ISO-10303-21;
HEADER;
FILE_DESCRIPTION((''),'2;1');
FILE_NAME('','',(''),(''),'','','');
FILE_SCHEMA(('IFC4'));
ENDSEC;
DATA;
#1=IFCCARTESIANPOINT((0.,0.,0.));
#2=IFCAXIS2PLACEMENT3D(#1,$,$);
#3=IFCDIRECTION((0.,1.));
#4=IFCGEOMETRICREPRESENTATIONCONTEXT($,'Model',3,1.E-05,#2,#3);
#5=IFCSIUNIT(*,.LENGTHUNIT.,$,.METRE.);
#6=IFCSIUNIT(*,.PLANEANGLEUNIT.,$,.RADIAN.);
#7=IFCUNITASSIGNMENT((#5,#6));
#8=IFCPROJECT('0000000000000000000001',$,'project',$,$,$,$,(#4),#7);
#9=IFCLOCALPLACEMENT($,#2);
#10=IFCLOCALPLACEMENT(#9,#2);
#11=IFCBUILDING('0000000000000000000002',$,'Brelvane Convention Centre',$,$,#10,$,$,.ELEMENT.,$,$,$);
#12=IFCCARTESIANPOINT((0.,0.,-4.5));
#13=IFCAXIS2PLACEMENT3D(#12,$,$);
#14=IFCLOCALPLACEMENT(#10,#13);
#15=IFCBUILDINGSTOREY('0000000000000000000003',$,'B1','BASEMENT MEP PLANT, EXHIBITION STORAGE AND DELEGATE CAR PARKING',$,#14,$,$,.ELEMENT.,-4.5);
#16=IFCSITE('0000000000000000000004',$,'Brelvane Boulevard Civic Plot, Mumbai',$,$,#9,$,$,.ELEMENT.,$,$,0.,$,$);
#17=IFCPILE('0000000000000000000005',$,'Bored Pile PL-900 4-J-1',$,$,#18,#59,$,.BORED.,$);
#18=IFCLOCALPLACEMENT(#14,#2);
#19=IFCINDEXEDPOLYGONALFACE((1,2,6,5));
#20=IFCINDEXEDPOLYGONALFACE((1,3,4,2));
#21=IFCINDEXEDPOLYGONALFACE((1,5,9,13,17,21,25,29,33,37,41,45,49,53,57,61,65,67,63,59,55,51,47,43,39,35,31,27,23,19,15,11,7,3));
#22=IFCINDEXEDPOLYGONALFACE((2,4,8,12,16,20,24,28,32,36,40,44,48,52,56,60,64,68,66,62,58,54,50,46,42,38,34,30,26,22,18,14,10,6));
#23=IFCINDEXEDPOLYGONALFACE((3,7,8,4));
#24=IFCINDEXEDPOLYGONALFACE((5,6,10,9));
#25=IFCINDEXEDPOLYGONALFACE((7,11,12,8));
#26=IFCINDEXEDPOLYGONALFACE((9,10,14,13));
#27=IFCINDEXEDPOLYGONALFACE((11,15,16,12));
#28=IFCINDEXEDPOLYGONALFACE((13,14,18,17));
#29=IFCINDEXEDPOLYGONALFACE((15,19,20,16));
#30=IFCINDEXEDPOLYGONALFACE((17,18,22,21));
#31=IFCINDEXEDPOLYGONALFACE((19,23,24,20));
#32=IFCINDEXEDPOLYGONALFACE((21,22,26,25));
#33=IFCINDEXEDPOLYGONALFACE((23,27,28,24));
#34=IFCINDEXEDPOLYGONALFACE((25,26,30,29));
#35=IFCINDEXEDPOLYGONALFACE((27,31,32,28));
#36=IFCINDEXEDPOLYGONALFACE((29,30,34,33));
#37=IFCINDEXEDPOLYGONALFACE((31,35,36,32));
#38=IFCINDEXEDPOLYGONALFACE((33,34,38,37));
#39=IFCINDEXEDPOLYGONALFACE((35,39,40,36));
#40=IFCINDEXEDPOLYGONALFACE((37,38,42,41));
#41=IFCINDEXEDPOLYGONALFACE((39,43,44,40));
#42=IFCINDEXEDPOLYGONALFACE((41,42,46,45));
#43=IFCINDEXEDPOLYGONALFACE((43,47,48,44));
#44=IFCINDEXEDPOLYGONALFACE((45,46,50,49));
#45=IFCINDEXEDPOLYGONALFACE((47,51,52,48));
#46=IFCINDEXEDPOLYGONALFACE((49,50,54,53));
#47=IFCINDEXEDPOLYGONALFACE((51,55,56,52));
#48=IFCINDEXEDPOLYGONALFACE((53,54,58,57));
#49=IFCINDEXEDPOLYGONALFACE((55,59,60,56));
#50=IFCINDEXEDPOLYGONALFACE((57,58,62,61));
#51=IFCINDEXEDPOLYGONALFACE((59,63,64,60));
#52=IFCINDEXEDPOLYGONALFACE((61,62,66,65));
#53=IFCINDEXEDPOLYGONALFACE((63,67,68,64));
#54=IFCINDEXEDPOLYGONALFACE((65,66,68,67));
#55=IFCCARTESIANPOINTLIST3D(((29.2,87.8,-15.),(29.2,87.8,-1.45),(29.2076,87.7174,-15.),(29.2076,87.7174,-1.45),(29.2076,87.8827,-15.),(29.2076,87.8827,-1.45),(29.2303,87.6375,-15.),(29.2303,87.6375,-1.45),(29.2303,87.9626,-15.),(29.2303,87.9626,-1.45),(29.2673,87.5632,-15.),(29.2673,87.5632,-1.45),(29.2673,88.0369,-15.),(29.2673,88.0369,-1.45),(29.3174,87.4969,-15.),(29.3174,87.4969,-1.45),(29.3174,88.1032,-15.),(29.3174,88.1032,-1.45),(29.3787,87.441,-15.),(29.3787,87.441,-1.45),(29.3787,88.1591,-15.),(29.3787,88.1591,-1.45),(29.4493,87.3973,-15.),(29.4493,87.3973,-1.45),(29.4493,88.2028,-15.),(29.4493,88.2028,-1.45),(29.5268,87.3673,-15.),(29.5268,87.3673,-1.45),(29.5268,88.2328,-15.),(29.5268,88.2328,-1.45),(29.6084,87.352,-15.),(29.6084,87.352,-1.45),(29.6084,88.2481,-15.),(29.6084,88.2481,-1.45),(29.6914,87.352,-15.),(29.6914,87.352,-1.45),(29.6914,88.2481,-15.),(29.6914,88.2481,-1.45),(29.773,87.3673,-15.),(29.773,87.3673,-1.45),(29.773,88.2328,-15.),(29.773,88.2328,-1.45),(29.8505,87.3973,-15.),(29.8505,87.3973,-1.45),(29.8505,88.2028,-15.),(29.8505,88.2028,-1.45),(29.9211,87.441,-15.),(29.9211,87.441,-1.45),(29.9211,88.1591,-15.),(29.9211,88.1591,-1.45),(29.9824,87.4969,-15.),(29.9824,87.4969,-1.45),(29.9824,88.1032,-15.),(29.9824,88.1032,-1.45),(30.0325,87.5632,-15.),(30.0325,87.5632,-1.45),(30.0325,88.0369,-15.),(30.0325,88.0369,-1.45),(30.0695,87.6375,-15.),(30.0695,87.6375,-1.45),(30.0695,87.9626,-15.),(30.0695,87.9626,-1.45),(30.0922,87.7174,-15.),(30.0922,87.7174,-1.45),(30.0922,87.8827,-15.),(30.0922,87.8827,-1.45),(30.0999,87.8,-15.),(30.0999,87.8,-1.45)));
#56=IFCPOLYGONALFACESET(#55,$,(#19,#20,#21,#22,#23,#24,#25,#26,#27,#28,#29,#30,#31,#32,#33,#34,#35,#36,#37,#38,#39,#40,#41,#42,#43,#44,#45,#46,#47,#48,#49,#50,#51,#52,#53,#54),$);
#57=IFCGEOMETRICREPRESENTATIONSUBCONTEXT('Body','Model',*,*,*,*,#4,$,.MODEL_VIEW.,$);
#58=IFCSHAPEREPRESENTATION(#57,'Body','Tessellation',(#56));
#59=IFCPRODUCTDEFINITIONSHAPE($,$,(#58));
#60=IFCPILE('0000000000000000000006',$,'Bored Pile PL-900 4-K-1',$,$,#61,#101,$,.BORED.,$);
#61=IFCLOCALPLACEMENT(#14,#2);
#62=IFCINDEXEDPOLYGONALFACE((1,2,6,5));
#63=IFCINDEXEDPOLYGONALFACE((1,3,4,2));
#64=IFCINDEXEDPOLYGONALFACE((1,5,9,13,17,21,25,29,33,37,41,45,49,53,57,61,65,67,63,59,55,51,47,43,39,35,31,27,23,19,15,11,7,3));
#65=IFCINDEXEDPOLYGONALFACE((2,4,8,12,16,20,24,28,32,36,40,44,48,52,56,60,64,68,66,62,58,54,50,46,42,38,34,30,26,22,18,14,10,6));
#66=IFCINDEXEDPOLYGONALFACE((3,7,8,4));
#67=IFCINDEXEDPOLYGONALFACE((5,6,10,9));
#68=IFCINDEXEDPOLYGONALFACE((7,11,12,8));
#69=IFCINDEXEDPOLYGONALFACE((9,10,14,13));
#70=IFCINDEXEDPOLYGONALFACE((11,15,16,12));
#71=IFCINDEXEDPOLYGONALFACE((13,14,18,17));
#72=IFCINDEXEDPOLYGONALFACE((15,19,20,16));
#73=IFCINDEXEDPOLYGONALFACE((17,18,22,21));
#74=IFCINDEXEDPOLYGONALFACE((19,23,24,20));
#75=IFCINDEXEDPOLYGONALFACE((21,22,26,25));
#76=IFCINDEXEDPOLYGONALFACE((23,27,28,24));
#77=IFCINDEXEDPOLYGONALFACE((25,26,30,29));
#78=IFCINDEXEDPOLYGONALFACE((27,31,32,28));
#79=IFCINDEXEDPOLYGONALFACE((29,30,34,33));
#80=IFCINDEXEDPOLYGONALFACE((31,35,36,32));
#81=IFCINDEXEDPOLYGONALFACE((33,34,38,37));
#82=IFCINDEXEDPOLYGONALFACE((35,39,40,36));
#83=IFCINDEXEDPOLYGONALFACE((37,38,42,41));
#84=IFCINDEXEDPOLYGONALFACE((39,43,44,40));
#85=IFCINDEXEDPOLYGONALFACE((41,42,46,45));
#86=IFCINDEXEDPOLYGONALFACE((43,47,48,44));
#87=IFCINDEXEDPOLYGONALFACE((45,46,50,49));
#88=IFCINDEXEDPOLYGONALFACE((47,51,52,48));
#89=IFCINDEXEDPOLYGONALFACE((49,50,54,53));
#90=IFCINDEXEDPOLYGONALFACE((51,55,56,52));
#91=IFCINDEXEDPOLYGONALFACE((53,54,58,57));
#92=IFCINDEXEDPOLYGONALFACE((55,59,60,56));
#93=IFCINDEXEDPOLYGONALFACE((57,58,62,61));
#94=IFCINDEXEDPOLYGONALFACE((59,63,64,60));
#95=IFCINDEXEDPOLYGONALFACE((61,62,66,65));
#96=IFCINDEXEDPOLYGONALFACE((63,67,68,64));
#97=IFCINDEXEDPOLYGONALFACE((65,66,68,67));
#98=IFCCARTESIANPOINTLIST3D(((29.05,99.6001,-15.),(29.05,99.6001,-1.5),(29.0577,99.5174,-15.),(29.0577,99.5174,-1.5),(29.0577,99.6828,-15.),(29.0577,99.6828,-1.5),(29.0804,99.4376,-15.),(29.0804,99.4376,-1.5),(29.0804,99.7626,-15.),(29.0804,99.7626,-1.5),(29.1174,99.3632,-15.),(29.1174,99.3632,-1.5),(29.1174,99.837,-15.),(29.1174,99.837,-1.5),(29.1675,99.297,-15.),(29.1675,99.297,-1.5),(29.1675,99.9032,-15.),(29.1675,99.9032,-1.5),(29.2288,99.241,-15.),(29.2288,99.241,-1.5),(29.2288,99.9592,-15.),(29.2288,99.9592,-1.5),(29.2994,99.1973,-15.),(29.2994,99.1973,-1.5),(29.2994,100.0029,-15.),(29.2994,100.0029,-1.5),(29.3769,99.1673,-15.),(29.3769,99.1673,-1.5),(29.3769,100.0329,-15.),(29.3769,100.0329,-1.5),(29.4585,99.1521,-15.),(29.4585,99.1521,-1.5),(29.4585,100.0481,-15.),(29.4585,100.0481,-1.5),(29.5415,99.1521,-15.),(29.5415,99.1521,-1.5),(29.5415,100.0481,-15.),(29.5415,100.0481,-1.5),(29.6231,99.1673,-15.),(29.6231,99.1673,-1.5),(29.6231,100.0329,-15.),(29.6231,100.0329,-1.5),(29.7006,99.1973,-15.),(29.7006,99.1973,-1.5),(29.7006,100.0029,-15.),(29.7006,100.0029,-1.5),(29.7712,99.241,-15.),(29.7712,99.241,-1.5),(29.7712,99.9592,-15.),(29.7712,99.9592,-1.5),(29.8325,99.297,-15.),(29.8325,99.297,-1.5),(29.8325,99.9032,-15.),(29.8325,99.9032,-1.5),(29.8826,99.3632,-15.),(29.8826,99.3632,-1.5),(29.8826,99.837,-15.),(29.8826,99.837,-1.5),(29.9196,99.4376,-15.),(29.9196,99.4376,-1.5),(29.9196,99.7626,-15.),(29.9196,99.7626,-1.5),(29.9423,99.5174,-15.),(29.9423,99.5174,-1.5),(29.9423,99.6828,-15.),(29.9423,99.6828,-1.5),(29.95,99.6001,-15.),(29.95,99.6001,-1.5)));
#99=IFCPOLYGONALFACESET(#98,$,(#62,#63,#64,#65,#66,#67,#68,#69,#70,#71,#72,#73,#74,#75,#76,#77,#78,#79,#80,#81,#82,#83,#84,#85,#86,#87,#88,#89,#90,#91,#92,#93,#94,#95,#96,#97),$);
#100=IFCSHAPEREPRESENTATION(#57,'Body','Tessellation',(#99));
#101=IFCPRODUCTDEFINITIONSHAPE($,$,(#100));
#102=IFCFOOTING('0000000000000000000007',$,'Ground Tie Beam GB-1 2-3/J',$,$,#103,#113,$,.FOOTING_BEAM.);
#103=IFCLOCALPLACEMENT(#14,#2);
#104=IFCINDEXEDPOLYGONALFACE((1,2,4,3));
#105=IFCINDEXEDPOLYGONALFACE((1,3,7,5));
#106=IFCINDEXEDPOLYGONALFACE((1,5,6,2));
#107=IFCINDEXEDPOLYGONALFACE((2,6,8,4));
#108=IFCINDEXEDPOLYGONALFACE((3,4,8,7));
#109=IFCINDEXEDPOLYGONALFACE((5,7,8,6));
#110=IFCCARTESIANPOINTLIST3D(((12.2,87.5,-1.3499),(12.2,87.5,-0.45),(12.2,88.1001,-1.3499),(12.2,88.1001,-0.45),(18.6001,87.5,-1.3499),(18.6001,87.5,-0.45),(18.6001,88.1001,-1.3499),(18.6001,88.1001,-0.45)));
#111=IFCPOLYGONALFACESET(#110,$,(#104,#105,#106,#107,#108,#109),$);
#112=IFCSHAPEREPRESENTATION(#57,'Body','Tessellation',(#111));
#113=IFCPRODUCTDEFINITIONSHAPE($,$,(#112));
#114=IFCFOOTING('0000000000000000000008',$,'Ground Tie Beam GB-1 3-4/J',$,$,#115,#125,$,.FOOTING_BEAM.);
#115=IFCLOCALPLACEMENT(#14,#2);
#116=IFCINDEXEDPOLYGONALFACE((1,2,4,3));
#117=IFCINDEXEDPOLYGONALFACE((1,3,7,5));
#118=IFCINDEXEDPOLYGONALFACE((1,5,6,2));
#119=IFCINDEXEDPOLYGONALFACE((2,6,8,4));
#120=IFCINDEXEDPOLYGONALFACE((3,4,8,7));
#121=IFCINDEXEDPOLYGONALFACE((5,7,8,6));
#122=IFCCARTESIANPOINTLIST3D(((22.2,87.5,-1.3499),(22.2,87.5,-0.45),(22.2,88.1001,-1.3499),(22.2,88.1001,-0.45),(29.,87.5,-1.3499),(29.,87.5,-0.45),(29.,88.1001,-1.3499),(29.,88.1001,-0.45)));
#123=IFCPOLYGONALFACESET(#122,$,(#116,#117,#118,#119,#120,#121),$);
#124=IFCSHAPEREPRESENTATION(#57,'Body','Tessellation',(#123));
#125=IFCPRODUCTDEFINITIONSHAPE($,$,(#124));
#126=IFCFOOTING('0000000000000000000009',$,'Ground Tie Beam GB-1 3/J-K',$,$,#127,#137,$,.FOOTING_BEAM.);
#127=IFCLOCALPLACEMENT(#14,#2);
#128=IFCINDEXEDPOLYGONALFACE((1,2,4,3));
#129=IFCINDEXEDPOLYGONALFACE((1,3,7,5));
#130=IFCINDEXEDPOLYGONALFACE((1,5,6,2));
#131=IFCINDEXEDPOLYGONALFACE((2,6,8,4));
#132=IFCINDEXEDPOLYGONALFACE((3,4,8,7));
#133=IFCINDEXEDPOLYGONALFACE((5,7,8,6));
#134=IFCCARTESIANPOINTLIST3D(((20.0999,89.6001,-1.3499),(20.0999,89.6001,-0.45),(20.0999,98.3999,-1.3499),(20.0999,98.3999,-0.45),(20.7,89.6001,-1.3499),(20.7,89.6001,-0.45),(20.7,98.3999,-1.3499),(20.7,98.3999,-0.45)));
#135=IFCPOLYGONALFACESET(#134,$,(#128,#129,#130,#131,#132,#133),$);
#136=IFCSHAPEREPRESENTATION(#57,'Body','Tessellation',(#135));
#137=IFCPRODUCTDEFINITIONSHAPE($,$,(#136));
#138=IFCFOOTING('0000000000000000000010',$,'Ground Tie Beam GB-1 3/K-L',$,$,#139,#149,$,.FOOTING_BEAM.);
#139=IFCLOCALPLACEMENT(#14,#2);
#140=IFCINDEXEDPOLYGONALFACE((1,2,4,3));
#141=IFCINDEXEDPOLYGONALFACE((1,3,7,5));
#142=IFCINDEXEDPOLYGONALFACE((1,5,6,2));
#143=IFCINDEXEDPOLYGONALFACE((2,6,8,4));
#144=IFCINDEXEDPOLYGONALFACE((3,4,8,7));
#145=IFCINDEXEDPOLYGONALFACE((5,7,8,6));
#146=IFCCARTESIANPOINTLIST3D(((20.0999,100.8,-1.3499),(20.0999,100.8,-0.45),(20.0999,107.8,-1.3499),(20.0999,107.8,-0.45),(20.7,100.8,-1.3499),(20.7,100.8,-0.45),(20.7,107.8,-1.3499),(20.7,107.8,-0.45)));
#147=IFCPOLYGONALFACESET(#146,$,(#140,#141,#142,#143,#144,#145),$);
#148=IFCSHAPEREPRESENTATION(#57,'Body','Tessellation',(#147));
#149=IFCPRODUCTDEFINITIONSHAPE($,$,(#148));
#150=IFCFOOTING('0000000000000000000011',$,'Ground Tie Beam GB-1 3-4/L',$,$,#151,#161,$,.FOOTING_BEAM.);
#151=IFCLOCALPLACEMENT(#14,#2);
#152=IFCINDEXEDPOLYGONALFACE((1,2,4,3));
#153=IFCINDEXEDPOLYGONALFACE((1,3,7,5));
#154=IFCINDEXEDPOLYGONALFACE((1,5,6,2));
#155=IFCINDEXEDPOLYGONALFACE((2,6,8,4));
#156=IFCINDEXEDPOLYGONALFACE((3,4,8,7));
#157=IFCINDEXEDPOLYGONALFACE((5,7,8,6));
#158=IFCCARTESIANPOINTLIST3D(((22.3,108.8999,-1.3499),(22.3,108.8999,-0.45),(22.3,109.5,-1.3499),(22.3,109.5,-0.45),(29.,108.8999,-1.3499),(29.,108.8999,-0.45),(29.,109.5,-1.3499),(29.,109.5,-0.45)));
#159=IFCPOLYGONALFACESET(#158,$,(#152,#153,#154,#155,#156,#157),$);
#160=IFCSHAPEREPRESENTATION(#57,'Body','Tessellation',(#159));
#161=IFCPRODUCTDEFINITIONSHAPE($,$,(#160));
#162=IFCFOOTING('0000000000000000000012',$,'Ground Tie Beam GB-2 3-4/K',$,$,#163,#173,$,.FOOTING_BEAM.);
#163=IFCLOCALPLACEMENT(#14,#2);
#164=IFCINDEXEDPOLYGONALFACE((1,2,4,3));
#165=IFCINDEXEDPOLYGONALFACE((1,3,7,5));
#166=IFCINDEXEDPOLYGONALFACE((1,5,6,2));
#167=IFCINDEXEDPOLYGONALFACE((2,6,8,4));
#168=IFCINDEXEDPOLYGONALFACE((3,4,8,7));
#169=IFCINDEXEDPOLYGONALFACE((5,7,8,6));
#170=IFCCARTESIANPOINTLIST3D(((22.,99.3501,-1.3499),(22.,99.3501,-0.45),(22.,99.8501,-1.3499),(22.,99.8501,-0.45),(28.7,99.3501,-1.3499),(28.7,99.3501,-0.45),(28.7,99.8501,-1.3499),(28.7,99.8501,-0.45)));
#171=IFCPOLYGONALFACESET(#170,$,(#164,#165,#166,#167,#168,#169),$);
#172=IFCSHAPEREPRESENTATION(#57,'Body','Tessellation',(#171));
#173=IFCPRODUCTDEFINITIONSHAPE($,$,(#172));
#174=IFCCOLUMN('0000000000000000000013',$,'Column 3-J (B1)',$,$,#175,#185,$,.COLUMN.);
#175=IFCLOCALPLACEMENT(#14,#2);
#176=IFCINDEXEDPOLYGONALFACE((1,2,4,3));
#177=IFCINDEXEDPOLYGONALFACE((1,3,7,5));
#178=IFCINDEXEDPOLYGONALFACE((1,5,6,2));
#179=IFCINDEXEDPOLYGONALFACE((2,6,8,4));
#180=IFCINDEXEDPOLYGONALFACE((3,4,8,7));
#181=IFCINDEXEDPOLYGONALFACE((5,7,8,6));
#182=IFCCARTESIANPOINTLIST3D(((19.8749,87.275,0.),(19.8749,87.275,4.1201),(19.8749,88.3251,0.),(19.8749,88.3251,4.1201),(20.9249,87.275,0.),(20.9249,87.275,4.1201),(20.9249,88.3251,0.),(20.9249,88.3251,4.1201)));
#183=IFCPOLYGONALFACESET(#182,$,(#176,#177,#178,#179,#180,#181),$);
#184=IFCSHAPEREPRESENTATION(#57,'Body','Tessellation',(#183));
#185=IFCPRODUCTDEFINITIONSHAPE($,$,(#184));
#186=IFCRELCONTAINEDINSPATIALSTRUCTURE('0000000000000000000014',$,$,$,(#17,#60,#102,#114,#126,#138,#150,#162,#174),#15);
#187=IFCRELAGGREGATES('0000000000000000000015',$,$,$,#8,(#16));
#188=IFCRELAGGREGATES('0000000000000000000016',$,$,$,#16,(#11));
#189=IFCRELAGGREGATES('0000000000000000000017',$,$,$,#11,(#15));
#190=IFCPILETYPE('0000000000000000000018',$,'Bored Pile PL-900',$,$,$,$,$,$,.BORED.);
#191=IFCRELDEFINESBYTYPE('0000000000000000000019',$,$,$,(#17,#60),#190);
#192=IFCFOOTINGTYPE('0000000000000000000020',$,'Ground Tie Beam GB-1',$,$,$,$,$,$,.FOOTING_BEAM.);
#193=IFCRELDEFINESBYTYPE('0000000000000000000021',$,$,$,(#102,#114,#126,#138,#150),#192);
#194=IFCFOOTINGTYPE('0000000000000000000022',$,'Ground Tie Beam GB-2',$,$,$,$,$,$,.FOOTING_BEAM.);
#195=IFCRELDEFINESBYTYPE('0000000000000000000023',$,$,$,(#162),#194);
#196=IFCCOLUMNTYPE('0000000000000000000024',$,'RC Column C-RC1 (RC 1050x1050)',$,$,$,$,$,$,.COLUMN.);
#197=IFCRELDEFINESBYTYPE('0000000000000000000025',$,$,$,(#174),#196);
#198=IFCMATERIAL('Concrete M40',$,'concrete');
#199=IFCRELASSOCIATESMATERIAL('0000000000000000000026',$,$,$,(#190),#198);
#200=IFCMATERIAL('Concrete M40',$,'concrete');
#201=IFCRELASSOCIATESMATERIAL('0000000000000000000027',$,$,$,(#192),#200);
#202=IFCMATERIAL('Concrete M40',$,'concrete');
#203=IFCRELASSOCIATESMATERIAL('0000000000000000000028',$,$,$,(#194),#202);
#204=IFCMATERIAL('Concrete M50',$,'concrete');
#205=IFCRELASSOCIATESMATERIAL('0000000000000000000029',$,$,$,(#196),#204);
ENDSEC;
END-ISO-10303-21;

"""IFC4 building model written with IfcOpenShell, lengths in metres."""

from ifc_helpers import new_model, si_unit, direction, frame, origin, origin_2d, place, context, subcontext, project, spatial, rectangle, circle, extrude, material, material_profile, profile_set, type_object, element, save


model = new_model("IFC4")

# Units and contexts
model_context = context("Model", 3, precision=1e-05, world=origin(), true_north=direction((0.0, 1.0)))
body_context = subcontext(model_context, "Body", "Model", "MODEL_VIEW")
ifc_project = project(units=[si_unit("LENGTHUNIT", "METRE"), si_unit("PLANEANGLEUNIT", "RADIAN")], contexts=[model_context])

# Site, building, storey
site_placement = place(None, origin())
site = spatial("IfcSite", under=ifc_project, at=site_placement, Name="Brelvane Boulevard Civic Plot, Mumbai", CompositionType="ELEMENT", RefElevation=0.0)
building_placement = place(site_placement, origin())
building = spatial("IfcBuilding", under=site, at=building_placement, Name="Brelvane Convention Centre", CompositionType="ELEMENT")
storey_placement = place(building_placement, frame((0.0, 0.0, -4.5)))
storey = spatial("IfcBuildingStorey", under=building, at=storey_placement, Name="B1", Description="BASEMENT MEP PLANT, EXHIBITION STORAGE AND DELEGATE CAR PARKING", CompositionType="ELEMENT", Elevation=-4.5)

# Piles
ifc_material_1 = material(Name="Concrete M40", Category="concrete")
ifc_material_profile_1 = material_profile(ifc_material_1, circle(Radius=0.45, at=origin_2d()), Name="PILE D900")
ifc_profile_set_1 = profile_set([ifc_material_profile_1], Name="Concrete M40")
pile_type = type_object("IfcPileType", Name="Bored Pile PL-900", PredefinedType="BORED", material=ifc_profile_set_1)
pile_1_placement = place(storey_placement, frame((29.6499, 87.8, -1.45), z_axis=(0.0, 0.0, -1.0), x_axis=(1.0, 0.0, 0.0)))
element("IfcPile", 1, at=pile_1_placement, inside=storey, type_object=pile_type, Name="Bored Pile PL-900 4-J-1", PredefinedType="BORED", context=body_context, shape_type="SweptSolid", body=[
    extrude(circle(Radius=0.45, at=origin_2d()), origin(), (0.0, 0.0, 1.0), 13.55),
])
pile_2_placement = place(storey_placement, frame((29.5, 99.6001, -1.5), z_axis=(0.0, 0.0, -1.0), x_axis=(1.0, 0.0, 0.0)))
element("IfcPile", 2, at=pile_2_placement, inside=storey, type_object=pile_type, Name="Bored Pile PL-900 4-K-1", PredefinedType="BORED", context=body_context, shape_type="SweptSolid", body=[
    extrude(circle(Radius=0.45, at=origin_2d()), origin(), (0.0, 0.0, 1.0), 13.5),
])

# Footings
ifc_material_2 = material(Name="Concrete M40", Category="concrete")
ifc_material_profile_2 = material_profile(ifc_material_2, rectangle(XDim=0.6001, YDim=0.8999, at=origin_2d()), Name="RC 600x900")
ifc_profile_set_2 = profile_set([ifc_material_profile_2], Name="Concrete M40")
footing_type_1 = type_object("IfcFootingType", Name="Ground Tie Beam GB-1", PredefinedType="FOOTING_BEAM", material=ifc_profile_set_2)
footing_1_placement = place(storey_placement, frame((12.2, 87.8, -0.8999), z_axis=(1.0, 0.0, 0.0), x_axis=(0.0, 1.0, 0.0)))
element("IfcFooting", 3, at=footing_1_placement, inside=storey, type_object=footing_type_1, Name="Ground Tie Beam GB-1 2-3/J", PredefinedType="FOOTING_BEAM", context=body_context, shape_type="SweptSolid", body=[
    extrude(rectangle(XDim=0.6001, YDim=0.8999, at=origin_2d()), origin(), (0.0, 0.0, 1.0), 6.4001),
])
footing_2_placement = place(storey_placement, frame((22.2, 87.8, -0.8999), z_axis=(1.0, 0.0, 0.0), x_axis=(0.0, 1.0, 0.0)))
element("IfcFooting", 4, at=footing_2_placement, inside=storey, type_object=footing_type_1, Name="Ground Tie Beam GB-1 3-4/J", PredefinedType="FOOTING_BEAM", context=body_context, shape_type="SweptSolid", body=[
    extrude(rectangle(XDim=0.6001, YDim=0.8999, at=origin_2d()), origin(), (0.0, 0.0, 1.0), 6.8),
])
footing_3_placement = place(storey_placement, frame((20.3999, 89.6001, -0.8999), z_axis=(0.0, 1.0, 0.0), x_axis=(-1.0, 0.0, 0.0)))
element("IfcFooting", 5, at=footing_3_placement, inside=storey, type_object=footing_type_1, Name="Ground Tie Beam GB-1 3/J-K", PredefinedType="FOOTING_BEAM", context=body_context, shape_type="SweptSolid", body=[
    extrude(rectangle(XDim=0.6001, YDim=0.8999, at=origin_2d()), origin(), (0.0, 0.0, 1.0), 8.7998),
])
footing_4_placement = place(storey_placement, frame((20.3999, 100.8, -0.8999), z_axis=(0.0, 1.0, 0.0), x_axis=(-1.0, 0.0, 0.0)))
element("IfcFooting", 6, at=footing_4_placement, inside=storey, type_object=footing_type_1, Name="Ground Tie Beam GB-1 3/K-L", PredefinedType="FOOTING_BEAM", context=body_context, shape_type="SweptSolid", body=[
    extrude(rectangle(XDim=0.6001, YDim=0.8999, at=origin_2d()), origin(), (0.0, 0.0, 1.0), 7.0),
])
footing_5_placement = place(storey_placement, frame((22.3, 109.2, -0.8999), z_axis=(1.0, 0.0, 0.0), x_axis=(0.0, 1.0, 0.0)))
element("IfcFooting", 7, at=footing_5_placement, inside=storey, type_object=footing_type_1, Name="Ground Tie Beam GB-1 3-4/L", PredefinedType="FOOTING_BEAM", context=body_context, shape_type="SweptSolid", body=[
    extrude(rectangle(XDim=0.6001, YDim=0.8999, at=origin_2d()), origin(), (0.0, 0.0, 1.0), 6.7),
])
ifc_material_3 = material(Name="Concrete M40", Category="concrete")
ifc_material_profile_3 = material_profile(ifc_material_3, rectangle(XDim=0.5, YDim=0.8999, at=origin_2d()), Name="RC 500x900")
ifc_profile_set_3 = profile_set([ifc_material_profile_3], Name="Concrete M40")
footing_type_2 = type_object("IfcFootingType", Name="Ground Tie Beam GB-2", PredefinedType="FOOTING_BEAM", material=ifc_profile_set_3)
footing_6_placement = place(storey_placement, frame((22.0, 99.6001, -0.8999), z_axis=(1.0, 0.0, 0.0), x_axis=(0.0, 1.0, 0.0)))
element("IfcFooting", 8, at=footing_6_placement, inside=storey, type_object=footing_type_2, Name="Ground Tie Beam GB-2 3-4/K", PredefinedType="FOOTING_BEAM", context=body_context, shape_type="SweptSolid", body=[
    extrude(rectangle(XDim=0.5, YDim=0.8999, at=origin_2d()), origin(), (0.0, 0.0, 1.0), 6.7),
])

# Column
ifc_material_4 = material(Name="Concrete M50", Category="concrete")
ifc_material_profile_4 = material_profile(ifc_material_4, rectangle(XDim=1.05, YDim=1.05, at=origin_2d()), Name="RC 1050x1050")
ifc_profile_set_4 = profile_set([ifc_material_profile_4], Name="Concrete M50")
column_type_1 = type_object("IfcColumnType", Name="RC Column C-RC1 (RC 1050x1050)", PredefinedType="COLUMN", material=ifc_profile_set_4)
column_1_placement = place(storey_placement, frame((20.3999, 87.8, 0.0), z_axis=(0.0, 0.0, 1.0), x_axis=(1.0, 0.0, 0.0)))
element("IfcColumn", 9, at=column_1_placement, inside=storey, type_object=column_type_1, Name="Column 3-J (B1)", PredefinedType="COLUMN", context=body_context, shape_type="SweptSolid", body=[
    extrude(rectangle(XDim=1.05, YDim=1.05, at=origin_2d()), origin(), (0.0, 0.0, 1.0), 4.1201),
])

save(model, "model.ifc")
